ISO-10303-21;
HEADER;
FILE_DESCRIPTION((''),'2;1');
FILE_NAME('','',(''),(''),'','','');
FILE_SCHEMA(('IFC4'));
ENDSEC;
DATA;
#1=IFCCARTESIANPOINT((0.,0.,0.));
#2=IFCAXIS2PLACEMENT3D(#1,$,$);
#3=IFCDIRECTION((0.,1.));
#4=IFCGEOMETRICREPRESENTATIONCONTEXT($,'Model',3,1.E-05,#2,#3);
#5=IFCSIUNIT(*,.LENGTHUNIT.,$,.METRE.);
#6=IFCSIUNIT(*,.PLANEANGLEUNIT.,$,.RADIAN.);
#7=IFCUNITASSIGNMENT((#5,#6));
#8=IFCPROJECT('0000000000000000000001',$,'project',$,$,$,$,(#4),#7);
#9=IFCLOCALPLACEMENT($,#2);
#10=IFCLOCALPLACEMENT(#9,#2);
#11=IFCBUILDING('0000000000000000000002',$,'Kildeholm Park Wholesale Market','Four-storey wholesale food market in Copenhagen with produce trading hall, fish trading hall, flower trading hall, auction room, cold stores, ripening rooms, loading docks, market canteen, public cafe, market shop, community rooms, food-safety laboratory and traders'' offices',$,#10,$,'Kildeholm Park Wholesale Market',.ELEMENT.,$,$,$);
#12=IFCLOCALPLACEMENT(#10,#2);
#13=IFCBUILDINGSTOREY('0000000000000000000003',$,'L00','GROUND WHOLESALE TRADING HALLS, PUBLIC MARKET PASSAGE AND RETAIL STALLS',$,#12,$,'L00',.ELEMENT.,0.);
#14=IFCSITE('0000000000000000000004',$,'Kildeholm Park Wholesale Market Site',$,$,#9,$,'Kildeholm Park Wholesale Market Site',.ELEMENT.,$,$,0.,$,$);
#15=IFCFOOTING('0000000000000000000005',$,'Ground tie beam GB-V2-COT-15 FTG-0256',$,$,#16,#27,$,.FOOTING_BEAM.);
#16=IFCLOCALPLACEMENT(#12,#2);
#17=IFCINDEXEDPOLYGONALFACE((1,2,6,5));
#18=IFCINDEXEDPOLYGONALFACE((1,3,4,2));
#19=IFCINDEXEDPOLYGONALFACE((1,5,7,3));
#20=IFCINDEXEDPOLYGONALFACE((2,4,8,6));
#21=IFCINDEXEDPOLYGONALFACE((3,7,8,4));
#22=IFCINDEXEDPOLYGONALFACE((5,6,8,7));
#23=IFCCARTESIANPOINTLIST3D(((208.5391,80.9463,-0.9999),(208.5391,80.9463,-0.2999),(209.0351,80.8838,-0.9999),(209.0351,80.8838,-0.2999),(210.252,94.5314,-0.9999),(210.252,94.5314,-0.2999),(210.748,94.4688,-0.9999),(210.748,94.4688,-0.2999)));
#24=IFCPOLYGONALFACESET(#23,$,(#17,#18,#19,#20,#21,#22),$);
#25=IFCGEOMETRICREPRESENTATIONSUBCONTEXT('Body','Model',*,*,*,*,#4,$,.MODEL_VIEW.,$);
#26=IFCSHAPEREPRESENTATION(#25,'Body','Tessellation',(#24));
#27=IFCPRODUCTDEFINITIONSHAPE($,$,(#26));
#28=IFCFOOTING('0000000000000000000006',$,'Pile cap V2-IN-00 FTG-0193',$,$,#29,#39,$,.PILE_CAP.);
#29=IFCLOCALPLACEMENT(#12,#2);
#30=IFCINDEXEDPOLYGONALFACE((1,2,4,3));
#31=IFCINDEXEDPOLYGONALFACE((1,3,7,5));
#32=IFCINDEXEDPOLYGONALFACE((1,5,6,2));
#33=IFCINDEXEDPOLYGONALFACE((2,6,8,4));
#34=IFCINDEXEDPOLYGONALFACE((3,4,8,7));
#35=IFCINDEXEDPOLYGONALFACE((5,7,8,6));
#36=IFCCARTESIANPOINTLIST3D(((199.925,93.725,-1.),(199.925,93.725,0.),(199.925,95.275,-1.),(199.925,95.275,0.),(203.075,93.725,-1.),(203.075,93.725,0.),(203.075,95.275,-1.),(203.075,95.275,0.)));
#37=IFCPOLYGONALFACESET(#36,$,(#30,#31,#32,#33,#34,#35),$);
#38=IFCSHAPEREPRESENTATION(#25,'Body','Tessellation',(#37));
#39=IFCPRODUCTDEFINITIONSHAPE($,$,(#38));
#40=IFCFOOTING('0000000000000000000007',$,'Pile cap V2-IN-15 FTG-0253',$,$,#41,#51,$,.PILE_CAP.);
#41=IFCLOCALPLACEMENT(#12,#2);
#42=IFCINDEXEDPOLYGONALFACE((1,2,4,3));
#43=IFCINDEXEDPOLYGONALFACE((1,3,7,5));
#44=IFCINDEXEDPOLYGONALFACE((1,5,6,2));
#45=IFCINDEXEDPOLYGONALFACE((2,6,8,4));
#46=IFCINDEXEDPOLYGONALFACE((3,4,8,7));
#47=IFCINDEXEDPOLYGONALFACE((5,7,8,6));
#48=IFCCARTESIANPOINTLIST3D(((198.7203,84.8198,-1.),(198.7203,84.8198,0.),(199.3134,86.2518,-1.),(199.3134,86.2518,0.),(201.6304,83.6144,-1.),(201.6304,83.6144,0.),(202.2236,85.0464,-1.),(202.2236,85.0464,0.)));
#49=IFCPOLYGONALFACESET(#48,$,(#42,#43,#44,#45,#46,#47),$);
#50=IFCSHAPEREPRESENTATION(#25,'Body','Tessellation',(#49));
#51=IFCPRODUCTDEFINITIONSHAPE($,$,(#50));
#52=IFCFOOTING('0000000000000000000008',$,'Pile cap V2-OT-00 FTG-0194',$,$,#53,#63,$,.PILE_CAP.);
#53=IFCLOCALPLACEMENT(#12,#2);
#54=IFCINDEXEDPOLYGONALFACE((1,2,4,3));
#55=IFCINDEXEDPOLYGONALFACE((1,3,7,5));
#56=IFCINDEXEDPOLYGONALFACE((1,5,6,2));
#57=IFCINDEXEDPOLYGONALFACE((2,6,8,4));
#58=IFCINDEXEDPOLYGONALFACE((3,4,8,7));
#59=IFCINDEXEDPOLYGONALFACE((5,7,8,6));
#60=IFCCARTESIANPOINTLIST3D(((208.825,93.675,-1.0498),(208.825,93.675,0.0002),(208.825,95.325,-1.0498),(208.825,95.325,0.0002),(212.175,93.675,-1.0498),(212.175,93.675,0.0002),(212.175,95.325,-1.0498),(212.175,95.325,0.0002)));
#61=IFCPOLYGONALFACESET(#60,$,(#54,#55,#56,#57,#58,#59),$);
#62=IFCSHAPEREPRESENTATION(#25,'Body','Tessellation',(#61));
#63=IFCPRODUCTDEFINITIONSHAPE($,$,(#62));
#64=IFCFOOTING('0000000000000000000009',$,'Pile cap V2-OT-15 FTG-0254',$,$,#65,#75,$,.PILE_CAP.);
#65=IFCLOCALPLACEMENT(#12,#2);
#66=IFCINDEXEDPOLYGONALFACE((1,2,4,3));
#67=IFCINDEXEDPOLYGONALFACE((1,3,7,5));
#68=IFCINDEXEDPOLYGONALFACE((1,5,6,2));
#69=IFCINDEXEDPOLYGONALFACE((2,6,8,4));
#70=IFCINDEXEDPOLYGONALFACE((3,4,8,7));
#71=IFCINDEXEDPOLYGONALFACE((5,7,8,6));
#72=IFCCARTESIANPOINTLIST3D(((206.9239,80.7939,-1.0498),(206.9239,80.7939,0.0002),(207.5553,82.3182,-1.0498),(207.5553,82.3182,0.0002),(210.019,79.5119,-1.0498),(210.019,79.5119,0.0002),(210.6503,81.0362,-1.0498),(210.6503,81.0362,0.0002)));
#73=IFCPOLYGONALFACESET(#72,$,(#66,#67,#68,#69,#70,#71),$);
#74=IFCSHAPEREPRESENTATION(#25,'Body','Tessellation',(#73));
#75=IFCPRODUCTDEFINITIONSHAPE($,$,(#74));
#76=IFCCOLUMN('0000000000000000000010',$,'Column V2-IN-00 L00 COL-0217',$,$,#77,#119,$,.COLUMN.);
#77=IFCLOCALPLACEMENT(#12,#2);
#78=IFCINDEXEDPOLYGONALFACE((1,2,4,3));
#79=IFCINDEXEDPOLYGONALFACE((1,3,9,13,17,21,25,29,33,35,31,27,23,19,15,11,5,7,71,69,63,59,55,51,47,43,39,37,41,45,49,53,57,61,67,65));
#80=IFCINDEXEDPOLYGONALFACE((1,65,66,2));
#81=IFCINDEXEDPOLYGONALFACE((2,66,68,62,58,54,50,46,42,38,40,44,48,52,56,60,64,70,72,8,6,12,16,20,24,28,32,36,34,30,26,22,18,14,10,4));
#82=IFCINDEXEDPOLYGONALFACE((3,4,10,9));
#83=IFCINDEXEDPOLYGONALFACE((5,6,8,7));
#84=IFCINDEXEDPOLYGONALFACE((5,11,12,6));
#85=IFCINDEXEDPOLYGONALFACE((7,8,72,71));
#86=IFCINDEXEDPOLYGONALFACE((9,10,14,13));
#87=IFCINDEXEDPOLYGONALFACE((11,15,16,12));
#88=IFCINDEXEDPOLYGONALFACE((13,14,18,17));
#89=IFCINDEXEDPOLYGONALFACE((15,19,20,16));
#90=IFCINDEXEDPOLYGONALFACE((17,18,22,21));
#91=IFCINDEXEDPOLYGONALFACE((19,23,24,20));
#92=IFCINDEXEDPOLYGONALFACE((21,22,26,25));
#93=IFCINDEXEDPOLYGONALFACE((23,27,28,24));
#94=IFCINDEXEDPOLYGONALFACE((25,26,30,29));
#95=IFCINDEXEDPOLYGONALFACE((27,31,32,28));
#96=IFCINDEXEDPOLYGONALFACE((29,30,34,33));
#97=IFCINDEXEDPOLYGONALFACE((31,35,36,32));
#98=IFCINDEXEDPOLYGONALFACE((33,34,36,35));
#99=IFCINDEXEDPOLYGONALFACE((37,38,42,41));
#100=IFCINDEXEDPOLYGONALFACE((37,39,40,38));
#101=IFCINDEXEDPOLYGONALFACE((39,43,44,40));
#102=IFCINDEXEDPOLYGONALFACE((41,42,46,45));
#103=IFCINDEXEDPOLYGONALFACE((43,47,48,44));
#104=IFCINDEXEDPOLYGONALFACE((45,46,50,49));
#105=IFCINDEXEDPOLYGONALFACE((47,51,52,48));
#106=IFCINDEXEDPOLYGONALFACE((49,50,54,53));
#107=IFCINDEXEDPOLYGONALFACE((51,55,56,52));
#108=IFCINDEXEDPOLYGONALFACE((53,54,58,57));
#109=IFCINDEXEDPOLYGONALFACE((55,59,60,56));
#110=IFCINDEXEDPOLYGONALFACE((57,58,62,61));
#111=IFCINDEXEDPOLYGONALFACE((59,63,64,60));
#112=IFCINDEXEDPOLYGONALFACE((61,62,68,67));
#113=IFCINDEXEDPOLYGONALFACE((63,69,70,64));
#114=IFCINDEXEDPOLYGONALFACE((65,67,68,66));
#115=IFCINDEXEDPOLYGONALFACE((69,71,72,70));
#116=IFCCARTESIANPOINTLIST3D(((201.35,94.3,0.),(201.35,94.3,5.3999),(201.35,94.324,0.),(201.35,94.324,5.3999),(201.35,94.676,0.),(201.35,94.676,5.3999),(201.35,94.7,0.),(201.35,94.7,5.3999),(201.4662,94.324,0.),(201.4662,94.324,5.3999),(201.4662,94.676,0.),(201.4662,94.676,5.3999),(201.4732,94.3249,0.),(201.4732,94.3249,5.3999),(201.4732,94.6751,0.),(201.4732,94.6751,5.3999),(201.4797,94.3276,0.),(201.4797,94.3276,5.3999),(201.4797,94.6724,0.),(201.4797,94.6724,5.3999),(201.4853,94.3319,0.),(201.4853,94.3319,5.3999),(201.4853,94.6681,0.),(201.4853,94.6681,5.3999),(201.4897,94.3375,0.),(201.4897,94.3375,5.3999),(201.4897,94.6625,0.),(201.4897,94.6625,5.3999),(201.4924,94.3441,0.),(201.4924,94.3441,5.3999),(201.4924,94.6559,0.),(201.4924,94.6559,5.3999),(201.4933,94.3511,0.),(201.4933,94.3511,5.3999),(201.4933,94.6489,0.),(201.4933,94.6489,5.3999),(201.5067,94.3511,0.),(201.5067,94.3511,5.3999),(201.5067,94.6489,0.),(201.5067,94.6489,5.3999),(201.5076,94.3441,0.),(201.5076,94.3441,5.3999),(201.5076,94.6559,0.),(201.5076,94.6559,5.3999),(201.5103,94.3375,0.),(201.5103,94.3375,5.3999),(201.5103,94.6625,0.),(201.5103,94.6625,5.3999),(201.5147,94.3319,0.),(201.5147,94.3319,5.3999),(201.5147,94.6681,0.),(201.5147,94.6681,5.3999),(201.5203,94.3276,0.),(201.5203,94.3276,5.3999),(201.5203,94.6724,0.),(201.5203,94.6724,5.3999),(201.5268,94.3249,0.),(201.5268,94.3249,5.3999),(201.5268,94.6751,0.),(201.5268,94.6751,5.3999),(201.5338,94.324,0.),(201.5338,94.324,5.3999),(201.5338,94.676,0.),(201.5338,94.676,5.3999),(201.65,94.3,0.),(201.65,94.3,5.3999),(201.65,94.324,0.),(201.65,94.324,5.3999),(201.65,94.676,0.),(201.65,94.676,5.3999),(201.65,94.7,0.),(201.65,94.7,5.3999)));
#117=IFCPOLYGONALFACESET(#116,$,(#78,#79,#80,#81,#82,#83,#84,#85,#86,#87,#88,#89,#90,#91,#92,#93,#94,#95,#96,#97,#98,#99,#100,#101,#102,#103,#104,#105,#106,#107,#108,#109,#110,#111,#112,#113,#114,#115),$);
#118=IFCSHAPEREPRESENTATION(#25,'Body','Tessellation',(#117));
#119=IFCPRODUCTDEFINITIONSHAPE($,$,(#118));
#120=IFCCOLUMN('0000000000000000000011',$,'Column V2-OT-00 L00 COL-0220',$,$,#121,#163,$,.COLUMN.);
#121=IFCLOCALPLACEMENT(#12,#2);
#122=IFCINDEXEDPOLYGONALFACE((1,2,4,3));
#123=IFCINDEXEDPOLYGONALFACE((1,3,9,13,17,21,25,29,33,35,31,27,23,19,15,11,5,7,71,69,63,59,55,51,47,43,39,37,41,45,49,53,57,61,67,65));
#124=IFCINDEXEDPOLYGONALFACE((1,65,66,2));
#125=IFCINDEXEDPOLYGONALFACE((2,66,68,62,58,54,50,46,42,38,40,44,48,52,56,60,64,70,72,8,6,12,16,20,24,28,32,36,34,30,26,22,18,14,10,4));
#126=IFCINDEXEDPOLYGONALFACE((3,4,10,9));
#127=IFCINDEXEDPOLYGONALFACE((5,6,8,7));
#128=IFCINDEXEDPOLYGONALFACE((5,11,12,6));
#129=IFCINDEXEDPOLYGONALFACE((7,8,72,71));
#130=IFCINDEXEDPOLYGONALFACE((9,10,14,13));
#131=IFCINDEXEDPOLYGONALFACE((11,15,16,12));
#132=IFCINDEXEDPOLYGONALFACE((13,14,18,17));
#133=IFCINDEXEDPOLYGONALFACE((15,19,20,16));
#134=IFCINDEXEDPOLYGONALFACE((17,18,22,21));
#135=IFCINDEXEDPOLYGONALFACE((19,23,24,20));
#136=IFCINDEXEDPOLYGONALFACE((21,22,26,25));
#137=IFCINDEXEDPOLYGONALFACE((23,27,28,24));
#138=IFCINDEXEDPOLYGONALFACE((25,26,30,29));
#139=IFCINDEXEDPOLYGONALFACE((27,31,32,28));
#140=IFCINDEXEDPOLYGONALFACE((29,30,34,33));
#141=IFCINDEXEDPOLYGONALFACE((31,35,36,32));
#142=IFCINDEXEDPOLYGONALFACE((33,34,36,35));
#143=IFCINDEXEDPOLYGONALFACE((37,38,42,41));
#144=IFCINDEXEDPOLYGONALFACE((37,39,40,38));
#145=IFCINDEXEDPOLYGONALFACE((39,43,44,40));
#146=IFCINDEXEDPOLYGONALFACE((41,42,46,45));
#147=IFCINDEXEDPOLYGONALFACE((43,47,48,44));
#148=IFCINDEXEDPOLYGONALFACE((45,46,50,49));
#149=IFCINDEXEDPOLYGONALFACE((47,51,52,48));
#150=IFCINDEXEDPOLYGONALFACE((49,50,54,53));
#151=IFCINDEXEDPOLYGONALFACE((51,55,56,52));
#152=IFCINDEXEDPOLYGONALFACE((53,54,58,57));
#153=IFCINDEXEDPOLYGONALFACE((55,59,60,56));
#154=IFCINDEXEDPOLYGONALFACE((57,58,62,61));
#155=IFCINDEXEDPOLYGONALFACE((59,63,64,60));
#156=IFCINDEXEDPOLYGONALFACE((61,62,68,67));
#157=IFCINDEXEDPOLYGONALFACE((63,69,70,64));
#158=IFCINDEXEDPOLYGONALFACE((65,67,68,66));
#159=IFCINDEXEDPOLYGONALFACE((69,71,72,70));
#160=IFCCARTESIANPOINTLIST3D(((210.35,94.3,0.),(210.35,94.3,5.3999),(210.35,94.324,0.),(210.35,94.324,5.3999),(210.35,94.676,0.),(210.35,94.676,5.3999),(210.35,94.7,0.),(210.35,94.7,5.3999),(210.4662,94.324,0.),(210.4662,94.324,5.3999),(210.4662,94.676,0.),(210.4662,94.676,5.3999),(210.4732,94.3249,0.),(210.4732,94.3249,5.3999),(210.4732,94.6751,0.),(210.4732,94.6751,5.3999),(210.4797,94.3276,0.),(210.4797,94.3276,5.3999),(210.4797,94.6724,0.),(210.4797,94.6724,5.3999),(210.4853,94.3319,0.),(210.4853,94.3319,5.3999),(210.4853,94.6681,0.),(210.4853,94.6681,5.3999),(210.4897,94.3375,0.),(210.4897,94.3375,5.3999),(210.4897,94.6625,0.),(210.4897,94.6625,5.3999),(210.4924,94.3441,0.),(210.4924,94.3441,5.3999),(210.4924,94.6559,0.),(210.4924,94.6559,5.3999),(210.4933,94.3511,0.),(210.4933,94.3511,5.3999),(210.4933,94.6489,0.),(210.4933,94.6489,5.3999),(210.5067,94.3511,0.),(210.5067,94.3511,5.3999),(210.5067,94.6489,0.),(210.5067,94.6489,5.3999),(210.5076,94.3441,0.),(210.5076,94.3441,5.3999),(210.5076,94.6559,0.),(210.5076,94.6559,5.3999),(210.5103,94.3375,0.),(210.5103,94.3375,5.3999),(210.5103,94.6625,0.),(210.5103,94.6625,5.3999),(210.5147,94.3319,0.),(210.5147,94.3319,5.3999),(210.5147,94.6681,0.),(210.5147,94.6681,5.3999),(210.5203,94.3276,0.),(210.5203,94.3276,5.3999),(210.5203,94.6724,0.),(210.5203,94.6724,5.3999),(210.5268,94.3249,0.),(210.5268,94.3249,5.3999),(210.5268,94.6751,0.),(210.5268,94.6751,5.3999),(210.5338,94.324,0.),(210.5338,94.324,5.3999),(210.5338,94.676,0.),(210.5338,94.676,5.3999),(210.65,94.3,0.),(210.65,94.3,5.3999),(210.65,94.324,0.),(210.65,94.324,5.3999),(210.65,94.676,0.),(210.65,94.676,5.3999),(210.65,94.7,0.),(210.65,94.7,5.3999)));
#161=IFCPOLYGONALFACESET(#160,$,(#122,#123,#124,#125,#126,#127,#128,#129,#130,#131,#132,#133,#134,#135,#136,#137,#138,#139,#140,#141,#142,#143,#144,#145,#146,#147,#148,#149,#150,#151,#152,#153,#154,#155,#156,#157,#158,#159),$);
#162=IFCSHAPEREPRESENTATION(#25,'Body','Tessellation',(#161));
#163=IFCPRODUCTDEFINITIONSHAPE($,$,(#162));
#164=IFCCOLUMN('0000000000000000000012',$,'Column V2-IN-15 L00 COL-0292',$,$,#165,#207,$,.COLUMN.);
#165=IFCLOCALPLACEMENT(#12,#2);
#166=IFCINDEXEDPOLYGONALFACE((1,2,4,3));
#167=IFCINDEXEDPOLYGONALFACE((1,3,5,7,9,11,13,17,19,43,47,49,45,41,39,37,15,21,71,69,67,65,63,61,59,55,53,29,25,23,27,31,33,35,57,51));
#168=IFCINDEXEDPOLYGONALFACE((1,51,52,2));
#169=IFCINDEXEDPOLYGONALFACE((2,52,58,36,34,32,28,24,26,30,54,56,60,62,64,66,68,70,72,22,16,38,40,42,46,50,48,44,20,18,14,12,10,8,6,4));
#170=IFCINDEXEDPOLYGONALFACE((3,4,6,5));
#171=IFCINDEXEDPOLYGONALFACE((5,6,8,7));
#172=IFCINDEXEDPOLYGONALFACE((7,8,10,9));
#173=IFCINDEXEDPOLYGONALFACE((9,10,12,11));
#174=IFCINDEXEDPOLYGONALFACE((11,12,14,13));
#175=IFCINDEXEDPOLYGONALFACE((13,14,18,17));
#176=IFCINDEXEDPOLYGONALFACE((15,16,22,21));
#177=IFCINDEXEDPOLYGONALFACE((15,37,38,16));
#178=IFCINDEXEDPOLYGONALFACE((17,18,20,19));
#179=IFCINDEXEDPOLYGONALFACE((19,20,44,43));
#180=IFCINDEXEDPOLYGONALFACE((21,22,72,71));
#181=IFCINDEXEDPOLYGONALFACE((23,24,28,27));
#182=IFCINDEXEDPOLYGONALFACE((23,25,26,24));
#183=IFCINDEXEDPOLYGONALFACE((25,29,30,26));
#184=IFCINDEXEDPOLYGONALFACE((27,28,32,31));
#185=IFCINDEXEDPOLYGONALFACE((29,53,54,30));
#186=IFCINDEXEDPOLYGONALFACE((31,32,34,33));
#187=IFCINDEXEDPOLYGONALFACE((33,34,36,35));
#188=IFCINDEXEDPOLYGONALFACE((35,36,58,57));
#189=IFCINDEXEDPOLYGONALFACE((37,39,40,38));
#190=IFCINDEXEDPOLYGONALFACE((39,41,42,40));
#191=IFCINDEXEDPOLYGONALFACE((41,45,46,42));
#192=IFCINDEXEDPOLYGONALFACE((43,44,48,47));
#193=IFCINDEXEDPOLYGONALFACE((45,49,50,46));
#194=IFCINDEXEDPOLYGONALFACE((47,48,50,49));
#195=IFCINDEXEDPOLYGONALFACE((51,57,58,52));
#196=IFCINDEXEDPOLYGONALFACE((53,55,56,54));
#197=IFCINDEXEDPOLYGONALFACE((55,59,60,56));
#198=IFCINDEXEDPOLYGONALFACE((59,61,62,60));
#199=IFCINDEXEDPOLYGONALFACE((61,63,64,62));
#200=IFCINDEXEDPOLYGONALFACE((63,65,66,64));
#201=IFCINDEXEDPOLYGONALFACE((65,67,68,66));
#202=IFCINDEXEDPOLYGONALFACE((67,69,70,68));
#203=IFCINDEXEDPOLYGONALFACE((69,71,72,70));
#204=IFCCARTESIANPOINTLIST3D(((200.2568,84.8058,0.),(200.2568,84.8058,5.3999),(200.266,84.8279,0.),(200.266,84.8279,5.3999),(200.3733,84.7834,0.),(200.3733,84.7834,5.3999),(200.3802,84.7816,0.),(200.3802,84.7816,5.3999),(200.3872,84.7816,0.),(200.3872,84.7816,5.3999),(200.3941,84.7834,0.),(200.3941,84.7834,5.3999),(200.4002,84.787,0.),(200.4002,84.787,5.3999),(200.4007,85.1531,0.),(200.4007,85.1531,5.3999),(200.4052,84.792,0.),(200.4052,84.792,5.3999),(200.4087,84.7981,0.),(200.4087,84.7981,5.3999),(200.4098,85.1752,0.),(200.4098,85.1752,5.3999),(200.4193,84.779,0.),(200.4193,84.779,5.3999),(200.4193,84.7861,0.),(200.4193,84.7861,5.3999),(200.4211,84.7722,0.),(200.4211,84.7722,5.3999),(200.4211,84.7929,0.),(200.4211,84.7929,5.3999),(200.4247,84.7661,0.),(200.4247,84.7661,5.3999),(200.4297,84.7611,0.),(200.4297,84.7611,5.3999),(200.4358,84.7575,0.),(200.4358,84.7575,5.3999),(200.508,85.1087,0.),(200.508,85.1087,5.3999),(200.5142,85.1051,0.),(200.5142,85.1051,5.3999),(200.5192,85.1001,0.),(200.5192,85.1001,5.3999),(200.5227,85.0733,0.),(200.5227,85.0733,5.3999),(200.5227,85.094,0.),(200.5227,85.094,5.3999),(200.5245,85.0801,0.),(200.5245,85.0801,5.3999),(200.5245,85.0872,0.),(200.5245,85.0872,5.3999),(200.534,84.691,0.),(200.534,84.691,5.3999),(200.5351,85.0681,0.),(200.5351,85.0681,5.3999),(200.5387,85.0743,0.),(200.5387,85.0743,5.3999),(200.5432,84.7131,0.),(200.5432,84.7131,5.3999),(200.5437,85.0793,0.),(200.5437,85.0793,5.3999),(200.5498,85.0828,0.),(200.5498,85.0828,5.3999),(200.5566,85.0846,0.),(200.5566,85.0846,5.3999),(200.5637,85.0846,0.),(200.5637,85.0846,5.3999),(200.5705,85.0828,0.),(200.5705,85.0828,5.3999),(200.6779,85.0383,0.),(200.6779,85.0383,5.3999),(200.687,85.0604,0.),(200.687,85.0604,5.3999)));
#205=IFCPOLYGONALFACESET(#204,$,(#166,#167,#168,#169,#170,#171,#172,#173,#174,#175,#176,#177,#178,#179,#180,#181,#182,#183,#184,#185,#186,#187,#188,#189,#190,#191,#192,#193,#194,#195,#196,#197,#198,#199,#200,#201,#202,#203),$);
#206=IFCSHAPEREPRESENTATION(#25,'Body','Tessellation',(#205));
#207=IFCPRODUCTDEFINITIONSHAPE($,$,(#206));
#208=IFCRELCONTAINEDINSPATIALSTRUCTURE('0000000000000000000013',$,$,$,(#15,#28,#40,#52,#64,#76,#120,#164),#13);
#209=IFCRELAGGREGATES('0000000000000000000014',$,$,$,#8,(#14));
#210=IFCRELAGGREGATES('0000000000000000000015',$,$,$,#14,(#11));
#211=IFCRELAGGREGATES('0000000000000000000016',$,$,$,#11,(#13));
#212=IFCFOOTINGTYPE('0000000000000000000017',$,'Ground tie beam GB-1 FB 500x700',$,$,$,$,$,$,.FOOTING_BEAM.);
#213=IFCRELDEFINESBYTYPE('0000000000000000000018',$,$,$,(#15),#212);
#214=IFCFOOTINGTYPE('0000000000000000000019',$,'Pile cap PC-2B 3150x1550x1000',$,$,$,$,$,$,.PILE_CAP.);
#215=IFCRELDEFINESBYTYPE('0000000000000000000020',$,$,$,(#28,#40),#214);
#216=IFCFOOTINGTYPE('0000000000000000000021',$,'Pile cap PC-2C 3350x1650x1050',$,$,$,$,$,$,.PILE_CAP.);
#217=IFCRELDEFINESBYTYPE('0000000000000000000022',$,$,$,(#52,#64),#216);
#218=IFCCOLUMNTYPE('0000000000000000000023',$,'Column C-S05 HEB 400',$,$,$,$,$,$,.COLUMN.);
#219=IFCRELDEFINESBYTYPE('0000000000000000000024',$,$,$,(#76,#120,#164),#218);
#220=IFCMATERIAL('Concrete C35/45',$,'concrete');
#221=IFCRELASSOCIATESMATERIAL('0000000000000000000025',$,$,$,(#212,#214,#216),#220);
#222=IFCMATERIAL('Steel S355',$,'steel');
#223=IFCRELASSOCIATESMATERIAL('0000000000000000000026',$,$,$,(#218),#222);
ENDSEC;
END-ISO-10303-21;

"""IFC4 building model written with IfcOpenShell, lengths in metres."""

from ifc_helpers import new_model, si_unit, direction, frame, origin, origin_2d, place, context, subcontext, project, spatial, rectangle, i_section, extrude, material, material_profile, profile_set, type_object, element, save


model = new_model("IFC4")

# Units and contexts
model_context = context("Model", 3, precision=1e-05, world=origin(), true_north=direction((0.0, 1.0)))
body_context = subcontext(model_context, "Body", "Model", "MODEL_VIEW")
ifc_project = project(units=[si_unit("LENGTHUNIT", "METRE"), si_unit("PLANEANGLEUNIT", "RADIAN")], contexts=[model_context])

# Site, building, storey
site_placement = place(None, origin())
site = spatial("IfcSite", under=ifc_project, at=site_placement, Name="Kildeholm Park Wholesale Market Site", LongName="Kildeholm Park Wholesale Market Site", CompositionType="ELEMENT", RefElevation=0.0)
building_placement = place(site_placement, origin())
building = spatial("IfcBuilding", under=site, at=building_placement, Name="Kildeholm Park Wholesale Market", Description="Four-storey wholesale food market in Copenhagen with produce trading hall, fish trading hall, flower trading hall, auction room, cold stores, ripening rooms, loading docks, market canteen, public cafe, market shop, community rooms, food-safety laboratory and traders' offices", LongName="Kildeholm Park Wholesale Market", CompositionType="ELEMENT")
storey_placement = place(building_placement, origin())
storey = spatial("IfcBuildingStorey", under=building, at=storey_placement, Name="L00", Description="GROUND WHOLESALE TRADING HALLS, PUBLIC MARKET PASSAGE AND RETAIL STALLS", LongName="L00", CompositionType="ELEMENT", Elevation=0.0)

# Shared definitions
ifc_material_1 = material(Name="Concrete C35/45", Category="concrete")

# Footings
ifc_material_profile_1 = material_profile(ifc_material_1, rectangle(XDim=0.5, YDim=0.7, at=origin_2d()), Name="FB 500x700")
ifc_profile_set_1 = profile_set([ifc_material_profile_1], Name="Concrete C35/45")
footing_type_1 = type_object("IfcFootingType", Name="Ground tie beam GB-1 FB 500x700", PredefinedType="FOOTING_BEAM", material=ifc_profile_set_1)
footing_1_placement = place(storey_placement, frame((208.7871, 80.915, -0.6499), z_axis=(0.125097, 0.992145, 0.0), x_axis=(-0.992145, 0.125097, 0.0)))
element("IfcFooting", 1, at=footing_1_placement, inside=storey, type_object=footing_type_1, Name="Ground tie beam GB-V2-COT-15 FTG-0256", PredefinedType="FOOTING_BEAM", context=body_context, shape_type="SweptSolid", body=[
    extrude(rectangle(XDim=0.5, YDim=0.7, at=origin_2d()), origin(), (0.0, 0.0, 1.0), 13.6926),
])
footing_type_2 = type_object("IfcFootingType", Name="Pile cap PC-2B 3150x1550x1000", PredefinedType="PILE_CAP", material=ifc_material_1)
for number, where, z_axis, x_axis, name in (
    (2, (201.5, 94.5, -1.0), (0.0, 0.0, 1.0), (1.0, 0.0, 0.0), "Pile cap V2-IN-00 FTG-0193"),
    (3, (200.4719, 84.9331, -1.0), (0.0, 0.0, 1.0), (0.92388, -0.382683, 0.0), "Pile cap V2-IN-15 FTG-0253"),
):
    element("IfcFooting", number, at=place(storey_placement, frame(where, z_axis=z_axis, x_axis=x_axis)), inside=storey, type_object=footing_type_2, Name=name, PredefinedType="PILE_CAP", context=body_context, shape_type="SweptSolid", body=[
        extrude(rectangle(XDim=3.1499, YDim=1.55, at=origin_2d()), origin(), (0.0, 0.0, 1.0), 1.0),
    ])
footing_type_3 = type_object("IfcFootingType", Name="Pile cap PC-2C 3350x1650x1050", PredefinedType="PILE_CAP", material=ifc_material_1)
for number, where, z_axis, x_axis, name in (
    (4, (210.5, 94.5, -1.0498), (0.0, 0.0, 1.0), (1.0, 0.0, 0.0), "Pile cap V2-OT-00 FTG-0194"),
    (5, (208.7871, 80.915, -1.0498), (0.0, 0.0, 1.0), (0.92388, -0.382683, 0.0), "Pile cap V2-OT-15 FTG-0254"),
):
    element("IfcFooting", number, at=place(storey_placement, frame(where, z_axis=z_axis, x_axis=x_axis)), inside=storey, type_object=footing_type_3, Name=name, PredefinedType="PILE_CAP", context=body_context, shape_type="SweptSolid", body=[
        extrude(rectangle(XDim=3.3501, YDim=1.6499, at=origin_2d()), origin(), (0.0, 0.0, 1.0), 1.05),
    ])

# Columns
ifc_material_2 = material(Name="Steel S355", Category="steel")
ifc_material_profile_2 = material_profile(ifc_material_2, i_section(OverallWidth=0.3, OverallDepth=0.3999, WebThickness=0.0134, FlangeThickness=0.0239, FilletRadius=0.0271, at=origin_2d()), Name="HEB 400")
ifc_profile_set_2 = profile_set([ifc_material_profile_2], Name="Steel S355")
column_type = type_object("IfcColumnType", Name="Column C-S05 HEB 400", PredefinedType="COLUMN", material=ifc_profile_set_2)
for number, where, z_axis, x_axis, name in (
    (6, (201.5, 94.5, 0.0), (0.0, 0.0, 1.0), (1.0, 0.0, 0.0), "Column V2-IN-00 L00 COL-0217"),
    (7, (210.5, 94.5, 0.0), (0.0, 0.0, 1.0), (1.0, 0.0, 0.0), "Column V2-OT-00 L00 COL-0220"),
    (8, (200.4719, 84.9331, 0.0), (0.0, 0.0, 1.0), (0.92388, -0.382683, 0.0), "Column V2-IN-15 L00 COL-0292"),
):
    element("IfcColumn", number, at=place(storey_placement, frame(where, z_axis=z_axis, x_axis=x_axis)), inside=storey, type_object=column_type, Name=name, PredefinedType="COLUMN", context=body_context, shape_type="SweptSolid", body=[
        extrude(i_section(OverallWidth=0.3, OverallDepth=0.3999, WebThickness=0.0134, FlangeThickness=0.0239, FilletRadius=0.0271, at=origin_2d()), origin(), (0.0, 0.0, 1.0), 5.3999),
    ])

save(model, "model.ifc")
